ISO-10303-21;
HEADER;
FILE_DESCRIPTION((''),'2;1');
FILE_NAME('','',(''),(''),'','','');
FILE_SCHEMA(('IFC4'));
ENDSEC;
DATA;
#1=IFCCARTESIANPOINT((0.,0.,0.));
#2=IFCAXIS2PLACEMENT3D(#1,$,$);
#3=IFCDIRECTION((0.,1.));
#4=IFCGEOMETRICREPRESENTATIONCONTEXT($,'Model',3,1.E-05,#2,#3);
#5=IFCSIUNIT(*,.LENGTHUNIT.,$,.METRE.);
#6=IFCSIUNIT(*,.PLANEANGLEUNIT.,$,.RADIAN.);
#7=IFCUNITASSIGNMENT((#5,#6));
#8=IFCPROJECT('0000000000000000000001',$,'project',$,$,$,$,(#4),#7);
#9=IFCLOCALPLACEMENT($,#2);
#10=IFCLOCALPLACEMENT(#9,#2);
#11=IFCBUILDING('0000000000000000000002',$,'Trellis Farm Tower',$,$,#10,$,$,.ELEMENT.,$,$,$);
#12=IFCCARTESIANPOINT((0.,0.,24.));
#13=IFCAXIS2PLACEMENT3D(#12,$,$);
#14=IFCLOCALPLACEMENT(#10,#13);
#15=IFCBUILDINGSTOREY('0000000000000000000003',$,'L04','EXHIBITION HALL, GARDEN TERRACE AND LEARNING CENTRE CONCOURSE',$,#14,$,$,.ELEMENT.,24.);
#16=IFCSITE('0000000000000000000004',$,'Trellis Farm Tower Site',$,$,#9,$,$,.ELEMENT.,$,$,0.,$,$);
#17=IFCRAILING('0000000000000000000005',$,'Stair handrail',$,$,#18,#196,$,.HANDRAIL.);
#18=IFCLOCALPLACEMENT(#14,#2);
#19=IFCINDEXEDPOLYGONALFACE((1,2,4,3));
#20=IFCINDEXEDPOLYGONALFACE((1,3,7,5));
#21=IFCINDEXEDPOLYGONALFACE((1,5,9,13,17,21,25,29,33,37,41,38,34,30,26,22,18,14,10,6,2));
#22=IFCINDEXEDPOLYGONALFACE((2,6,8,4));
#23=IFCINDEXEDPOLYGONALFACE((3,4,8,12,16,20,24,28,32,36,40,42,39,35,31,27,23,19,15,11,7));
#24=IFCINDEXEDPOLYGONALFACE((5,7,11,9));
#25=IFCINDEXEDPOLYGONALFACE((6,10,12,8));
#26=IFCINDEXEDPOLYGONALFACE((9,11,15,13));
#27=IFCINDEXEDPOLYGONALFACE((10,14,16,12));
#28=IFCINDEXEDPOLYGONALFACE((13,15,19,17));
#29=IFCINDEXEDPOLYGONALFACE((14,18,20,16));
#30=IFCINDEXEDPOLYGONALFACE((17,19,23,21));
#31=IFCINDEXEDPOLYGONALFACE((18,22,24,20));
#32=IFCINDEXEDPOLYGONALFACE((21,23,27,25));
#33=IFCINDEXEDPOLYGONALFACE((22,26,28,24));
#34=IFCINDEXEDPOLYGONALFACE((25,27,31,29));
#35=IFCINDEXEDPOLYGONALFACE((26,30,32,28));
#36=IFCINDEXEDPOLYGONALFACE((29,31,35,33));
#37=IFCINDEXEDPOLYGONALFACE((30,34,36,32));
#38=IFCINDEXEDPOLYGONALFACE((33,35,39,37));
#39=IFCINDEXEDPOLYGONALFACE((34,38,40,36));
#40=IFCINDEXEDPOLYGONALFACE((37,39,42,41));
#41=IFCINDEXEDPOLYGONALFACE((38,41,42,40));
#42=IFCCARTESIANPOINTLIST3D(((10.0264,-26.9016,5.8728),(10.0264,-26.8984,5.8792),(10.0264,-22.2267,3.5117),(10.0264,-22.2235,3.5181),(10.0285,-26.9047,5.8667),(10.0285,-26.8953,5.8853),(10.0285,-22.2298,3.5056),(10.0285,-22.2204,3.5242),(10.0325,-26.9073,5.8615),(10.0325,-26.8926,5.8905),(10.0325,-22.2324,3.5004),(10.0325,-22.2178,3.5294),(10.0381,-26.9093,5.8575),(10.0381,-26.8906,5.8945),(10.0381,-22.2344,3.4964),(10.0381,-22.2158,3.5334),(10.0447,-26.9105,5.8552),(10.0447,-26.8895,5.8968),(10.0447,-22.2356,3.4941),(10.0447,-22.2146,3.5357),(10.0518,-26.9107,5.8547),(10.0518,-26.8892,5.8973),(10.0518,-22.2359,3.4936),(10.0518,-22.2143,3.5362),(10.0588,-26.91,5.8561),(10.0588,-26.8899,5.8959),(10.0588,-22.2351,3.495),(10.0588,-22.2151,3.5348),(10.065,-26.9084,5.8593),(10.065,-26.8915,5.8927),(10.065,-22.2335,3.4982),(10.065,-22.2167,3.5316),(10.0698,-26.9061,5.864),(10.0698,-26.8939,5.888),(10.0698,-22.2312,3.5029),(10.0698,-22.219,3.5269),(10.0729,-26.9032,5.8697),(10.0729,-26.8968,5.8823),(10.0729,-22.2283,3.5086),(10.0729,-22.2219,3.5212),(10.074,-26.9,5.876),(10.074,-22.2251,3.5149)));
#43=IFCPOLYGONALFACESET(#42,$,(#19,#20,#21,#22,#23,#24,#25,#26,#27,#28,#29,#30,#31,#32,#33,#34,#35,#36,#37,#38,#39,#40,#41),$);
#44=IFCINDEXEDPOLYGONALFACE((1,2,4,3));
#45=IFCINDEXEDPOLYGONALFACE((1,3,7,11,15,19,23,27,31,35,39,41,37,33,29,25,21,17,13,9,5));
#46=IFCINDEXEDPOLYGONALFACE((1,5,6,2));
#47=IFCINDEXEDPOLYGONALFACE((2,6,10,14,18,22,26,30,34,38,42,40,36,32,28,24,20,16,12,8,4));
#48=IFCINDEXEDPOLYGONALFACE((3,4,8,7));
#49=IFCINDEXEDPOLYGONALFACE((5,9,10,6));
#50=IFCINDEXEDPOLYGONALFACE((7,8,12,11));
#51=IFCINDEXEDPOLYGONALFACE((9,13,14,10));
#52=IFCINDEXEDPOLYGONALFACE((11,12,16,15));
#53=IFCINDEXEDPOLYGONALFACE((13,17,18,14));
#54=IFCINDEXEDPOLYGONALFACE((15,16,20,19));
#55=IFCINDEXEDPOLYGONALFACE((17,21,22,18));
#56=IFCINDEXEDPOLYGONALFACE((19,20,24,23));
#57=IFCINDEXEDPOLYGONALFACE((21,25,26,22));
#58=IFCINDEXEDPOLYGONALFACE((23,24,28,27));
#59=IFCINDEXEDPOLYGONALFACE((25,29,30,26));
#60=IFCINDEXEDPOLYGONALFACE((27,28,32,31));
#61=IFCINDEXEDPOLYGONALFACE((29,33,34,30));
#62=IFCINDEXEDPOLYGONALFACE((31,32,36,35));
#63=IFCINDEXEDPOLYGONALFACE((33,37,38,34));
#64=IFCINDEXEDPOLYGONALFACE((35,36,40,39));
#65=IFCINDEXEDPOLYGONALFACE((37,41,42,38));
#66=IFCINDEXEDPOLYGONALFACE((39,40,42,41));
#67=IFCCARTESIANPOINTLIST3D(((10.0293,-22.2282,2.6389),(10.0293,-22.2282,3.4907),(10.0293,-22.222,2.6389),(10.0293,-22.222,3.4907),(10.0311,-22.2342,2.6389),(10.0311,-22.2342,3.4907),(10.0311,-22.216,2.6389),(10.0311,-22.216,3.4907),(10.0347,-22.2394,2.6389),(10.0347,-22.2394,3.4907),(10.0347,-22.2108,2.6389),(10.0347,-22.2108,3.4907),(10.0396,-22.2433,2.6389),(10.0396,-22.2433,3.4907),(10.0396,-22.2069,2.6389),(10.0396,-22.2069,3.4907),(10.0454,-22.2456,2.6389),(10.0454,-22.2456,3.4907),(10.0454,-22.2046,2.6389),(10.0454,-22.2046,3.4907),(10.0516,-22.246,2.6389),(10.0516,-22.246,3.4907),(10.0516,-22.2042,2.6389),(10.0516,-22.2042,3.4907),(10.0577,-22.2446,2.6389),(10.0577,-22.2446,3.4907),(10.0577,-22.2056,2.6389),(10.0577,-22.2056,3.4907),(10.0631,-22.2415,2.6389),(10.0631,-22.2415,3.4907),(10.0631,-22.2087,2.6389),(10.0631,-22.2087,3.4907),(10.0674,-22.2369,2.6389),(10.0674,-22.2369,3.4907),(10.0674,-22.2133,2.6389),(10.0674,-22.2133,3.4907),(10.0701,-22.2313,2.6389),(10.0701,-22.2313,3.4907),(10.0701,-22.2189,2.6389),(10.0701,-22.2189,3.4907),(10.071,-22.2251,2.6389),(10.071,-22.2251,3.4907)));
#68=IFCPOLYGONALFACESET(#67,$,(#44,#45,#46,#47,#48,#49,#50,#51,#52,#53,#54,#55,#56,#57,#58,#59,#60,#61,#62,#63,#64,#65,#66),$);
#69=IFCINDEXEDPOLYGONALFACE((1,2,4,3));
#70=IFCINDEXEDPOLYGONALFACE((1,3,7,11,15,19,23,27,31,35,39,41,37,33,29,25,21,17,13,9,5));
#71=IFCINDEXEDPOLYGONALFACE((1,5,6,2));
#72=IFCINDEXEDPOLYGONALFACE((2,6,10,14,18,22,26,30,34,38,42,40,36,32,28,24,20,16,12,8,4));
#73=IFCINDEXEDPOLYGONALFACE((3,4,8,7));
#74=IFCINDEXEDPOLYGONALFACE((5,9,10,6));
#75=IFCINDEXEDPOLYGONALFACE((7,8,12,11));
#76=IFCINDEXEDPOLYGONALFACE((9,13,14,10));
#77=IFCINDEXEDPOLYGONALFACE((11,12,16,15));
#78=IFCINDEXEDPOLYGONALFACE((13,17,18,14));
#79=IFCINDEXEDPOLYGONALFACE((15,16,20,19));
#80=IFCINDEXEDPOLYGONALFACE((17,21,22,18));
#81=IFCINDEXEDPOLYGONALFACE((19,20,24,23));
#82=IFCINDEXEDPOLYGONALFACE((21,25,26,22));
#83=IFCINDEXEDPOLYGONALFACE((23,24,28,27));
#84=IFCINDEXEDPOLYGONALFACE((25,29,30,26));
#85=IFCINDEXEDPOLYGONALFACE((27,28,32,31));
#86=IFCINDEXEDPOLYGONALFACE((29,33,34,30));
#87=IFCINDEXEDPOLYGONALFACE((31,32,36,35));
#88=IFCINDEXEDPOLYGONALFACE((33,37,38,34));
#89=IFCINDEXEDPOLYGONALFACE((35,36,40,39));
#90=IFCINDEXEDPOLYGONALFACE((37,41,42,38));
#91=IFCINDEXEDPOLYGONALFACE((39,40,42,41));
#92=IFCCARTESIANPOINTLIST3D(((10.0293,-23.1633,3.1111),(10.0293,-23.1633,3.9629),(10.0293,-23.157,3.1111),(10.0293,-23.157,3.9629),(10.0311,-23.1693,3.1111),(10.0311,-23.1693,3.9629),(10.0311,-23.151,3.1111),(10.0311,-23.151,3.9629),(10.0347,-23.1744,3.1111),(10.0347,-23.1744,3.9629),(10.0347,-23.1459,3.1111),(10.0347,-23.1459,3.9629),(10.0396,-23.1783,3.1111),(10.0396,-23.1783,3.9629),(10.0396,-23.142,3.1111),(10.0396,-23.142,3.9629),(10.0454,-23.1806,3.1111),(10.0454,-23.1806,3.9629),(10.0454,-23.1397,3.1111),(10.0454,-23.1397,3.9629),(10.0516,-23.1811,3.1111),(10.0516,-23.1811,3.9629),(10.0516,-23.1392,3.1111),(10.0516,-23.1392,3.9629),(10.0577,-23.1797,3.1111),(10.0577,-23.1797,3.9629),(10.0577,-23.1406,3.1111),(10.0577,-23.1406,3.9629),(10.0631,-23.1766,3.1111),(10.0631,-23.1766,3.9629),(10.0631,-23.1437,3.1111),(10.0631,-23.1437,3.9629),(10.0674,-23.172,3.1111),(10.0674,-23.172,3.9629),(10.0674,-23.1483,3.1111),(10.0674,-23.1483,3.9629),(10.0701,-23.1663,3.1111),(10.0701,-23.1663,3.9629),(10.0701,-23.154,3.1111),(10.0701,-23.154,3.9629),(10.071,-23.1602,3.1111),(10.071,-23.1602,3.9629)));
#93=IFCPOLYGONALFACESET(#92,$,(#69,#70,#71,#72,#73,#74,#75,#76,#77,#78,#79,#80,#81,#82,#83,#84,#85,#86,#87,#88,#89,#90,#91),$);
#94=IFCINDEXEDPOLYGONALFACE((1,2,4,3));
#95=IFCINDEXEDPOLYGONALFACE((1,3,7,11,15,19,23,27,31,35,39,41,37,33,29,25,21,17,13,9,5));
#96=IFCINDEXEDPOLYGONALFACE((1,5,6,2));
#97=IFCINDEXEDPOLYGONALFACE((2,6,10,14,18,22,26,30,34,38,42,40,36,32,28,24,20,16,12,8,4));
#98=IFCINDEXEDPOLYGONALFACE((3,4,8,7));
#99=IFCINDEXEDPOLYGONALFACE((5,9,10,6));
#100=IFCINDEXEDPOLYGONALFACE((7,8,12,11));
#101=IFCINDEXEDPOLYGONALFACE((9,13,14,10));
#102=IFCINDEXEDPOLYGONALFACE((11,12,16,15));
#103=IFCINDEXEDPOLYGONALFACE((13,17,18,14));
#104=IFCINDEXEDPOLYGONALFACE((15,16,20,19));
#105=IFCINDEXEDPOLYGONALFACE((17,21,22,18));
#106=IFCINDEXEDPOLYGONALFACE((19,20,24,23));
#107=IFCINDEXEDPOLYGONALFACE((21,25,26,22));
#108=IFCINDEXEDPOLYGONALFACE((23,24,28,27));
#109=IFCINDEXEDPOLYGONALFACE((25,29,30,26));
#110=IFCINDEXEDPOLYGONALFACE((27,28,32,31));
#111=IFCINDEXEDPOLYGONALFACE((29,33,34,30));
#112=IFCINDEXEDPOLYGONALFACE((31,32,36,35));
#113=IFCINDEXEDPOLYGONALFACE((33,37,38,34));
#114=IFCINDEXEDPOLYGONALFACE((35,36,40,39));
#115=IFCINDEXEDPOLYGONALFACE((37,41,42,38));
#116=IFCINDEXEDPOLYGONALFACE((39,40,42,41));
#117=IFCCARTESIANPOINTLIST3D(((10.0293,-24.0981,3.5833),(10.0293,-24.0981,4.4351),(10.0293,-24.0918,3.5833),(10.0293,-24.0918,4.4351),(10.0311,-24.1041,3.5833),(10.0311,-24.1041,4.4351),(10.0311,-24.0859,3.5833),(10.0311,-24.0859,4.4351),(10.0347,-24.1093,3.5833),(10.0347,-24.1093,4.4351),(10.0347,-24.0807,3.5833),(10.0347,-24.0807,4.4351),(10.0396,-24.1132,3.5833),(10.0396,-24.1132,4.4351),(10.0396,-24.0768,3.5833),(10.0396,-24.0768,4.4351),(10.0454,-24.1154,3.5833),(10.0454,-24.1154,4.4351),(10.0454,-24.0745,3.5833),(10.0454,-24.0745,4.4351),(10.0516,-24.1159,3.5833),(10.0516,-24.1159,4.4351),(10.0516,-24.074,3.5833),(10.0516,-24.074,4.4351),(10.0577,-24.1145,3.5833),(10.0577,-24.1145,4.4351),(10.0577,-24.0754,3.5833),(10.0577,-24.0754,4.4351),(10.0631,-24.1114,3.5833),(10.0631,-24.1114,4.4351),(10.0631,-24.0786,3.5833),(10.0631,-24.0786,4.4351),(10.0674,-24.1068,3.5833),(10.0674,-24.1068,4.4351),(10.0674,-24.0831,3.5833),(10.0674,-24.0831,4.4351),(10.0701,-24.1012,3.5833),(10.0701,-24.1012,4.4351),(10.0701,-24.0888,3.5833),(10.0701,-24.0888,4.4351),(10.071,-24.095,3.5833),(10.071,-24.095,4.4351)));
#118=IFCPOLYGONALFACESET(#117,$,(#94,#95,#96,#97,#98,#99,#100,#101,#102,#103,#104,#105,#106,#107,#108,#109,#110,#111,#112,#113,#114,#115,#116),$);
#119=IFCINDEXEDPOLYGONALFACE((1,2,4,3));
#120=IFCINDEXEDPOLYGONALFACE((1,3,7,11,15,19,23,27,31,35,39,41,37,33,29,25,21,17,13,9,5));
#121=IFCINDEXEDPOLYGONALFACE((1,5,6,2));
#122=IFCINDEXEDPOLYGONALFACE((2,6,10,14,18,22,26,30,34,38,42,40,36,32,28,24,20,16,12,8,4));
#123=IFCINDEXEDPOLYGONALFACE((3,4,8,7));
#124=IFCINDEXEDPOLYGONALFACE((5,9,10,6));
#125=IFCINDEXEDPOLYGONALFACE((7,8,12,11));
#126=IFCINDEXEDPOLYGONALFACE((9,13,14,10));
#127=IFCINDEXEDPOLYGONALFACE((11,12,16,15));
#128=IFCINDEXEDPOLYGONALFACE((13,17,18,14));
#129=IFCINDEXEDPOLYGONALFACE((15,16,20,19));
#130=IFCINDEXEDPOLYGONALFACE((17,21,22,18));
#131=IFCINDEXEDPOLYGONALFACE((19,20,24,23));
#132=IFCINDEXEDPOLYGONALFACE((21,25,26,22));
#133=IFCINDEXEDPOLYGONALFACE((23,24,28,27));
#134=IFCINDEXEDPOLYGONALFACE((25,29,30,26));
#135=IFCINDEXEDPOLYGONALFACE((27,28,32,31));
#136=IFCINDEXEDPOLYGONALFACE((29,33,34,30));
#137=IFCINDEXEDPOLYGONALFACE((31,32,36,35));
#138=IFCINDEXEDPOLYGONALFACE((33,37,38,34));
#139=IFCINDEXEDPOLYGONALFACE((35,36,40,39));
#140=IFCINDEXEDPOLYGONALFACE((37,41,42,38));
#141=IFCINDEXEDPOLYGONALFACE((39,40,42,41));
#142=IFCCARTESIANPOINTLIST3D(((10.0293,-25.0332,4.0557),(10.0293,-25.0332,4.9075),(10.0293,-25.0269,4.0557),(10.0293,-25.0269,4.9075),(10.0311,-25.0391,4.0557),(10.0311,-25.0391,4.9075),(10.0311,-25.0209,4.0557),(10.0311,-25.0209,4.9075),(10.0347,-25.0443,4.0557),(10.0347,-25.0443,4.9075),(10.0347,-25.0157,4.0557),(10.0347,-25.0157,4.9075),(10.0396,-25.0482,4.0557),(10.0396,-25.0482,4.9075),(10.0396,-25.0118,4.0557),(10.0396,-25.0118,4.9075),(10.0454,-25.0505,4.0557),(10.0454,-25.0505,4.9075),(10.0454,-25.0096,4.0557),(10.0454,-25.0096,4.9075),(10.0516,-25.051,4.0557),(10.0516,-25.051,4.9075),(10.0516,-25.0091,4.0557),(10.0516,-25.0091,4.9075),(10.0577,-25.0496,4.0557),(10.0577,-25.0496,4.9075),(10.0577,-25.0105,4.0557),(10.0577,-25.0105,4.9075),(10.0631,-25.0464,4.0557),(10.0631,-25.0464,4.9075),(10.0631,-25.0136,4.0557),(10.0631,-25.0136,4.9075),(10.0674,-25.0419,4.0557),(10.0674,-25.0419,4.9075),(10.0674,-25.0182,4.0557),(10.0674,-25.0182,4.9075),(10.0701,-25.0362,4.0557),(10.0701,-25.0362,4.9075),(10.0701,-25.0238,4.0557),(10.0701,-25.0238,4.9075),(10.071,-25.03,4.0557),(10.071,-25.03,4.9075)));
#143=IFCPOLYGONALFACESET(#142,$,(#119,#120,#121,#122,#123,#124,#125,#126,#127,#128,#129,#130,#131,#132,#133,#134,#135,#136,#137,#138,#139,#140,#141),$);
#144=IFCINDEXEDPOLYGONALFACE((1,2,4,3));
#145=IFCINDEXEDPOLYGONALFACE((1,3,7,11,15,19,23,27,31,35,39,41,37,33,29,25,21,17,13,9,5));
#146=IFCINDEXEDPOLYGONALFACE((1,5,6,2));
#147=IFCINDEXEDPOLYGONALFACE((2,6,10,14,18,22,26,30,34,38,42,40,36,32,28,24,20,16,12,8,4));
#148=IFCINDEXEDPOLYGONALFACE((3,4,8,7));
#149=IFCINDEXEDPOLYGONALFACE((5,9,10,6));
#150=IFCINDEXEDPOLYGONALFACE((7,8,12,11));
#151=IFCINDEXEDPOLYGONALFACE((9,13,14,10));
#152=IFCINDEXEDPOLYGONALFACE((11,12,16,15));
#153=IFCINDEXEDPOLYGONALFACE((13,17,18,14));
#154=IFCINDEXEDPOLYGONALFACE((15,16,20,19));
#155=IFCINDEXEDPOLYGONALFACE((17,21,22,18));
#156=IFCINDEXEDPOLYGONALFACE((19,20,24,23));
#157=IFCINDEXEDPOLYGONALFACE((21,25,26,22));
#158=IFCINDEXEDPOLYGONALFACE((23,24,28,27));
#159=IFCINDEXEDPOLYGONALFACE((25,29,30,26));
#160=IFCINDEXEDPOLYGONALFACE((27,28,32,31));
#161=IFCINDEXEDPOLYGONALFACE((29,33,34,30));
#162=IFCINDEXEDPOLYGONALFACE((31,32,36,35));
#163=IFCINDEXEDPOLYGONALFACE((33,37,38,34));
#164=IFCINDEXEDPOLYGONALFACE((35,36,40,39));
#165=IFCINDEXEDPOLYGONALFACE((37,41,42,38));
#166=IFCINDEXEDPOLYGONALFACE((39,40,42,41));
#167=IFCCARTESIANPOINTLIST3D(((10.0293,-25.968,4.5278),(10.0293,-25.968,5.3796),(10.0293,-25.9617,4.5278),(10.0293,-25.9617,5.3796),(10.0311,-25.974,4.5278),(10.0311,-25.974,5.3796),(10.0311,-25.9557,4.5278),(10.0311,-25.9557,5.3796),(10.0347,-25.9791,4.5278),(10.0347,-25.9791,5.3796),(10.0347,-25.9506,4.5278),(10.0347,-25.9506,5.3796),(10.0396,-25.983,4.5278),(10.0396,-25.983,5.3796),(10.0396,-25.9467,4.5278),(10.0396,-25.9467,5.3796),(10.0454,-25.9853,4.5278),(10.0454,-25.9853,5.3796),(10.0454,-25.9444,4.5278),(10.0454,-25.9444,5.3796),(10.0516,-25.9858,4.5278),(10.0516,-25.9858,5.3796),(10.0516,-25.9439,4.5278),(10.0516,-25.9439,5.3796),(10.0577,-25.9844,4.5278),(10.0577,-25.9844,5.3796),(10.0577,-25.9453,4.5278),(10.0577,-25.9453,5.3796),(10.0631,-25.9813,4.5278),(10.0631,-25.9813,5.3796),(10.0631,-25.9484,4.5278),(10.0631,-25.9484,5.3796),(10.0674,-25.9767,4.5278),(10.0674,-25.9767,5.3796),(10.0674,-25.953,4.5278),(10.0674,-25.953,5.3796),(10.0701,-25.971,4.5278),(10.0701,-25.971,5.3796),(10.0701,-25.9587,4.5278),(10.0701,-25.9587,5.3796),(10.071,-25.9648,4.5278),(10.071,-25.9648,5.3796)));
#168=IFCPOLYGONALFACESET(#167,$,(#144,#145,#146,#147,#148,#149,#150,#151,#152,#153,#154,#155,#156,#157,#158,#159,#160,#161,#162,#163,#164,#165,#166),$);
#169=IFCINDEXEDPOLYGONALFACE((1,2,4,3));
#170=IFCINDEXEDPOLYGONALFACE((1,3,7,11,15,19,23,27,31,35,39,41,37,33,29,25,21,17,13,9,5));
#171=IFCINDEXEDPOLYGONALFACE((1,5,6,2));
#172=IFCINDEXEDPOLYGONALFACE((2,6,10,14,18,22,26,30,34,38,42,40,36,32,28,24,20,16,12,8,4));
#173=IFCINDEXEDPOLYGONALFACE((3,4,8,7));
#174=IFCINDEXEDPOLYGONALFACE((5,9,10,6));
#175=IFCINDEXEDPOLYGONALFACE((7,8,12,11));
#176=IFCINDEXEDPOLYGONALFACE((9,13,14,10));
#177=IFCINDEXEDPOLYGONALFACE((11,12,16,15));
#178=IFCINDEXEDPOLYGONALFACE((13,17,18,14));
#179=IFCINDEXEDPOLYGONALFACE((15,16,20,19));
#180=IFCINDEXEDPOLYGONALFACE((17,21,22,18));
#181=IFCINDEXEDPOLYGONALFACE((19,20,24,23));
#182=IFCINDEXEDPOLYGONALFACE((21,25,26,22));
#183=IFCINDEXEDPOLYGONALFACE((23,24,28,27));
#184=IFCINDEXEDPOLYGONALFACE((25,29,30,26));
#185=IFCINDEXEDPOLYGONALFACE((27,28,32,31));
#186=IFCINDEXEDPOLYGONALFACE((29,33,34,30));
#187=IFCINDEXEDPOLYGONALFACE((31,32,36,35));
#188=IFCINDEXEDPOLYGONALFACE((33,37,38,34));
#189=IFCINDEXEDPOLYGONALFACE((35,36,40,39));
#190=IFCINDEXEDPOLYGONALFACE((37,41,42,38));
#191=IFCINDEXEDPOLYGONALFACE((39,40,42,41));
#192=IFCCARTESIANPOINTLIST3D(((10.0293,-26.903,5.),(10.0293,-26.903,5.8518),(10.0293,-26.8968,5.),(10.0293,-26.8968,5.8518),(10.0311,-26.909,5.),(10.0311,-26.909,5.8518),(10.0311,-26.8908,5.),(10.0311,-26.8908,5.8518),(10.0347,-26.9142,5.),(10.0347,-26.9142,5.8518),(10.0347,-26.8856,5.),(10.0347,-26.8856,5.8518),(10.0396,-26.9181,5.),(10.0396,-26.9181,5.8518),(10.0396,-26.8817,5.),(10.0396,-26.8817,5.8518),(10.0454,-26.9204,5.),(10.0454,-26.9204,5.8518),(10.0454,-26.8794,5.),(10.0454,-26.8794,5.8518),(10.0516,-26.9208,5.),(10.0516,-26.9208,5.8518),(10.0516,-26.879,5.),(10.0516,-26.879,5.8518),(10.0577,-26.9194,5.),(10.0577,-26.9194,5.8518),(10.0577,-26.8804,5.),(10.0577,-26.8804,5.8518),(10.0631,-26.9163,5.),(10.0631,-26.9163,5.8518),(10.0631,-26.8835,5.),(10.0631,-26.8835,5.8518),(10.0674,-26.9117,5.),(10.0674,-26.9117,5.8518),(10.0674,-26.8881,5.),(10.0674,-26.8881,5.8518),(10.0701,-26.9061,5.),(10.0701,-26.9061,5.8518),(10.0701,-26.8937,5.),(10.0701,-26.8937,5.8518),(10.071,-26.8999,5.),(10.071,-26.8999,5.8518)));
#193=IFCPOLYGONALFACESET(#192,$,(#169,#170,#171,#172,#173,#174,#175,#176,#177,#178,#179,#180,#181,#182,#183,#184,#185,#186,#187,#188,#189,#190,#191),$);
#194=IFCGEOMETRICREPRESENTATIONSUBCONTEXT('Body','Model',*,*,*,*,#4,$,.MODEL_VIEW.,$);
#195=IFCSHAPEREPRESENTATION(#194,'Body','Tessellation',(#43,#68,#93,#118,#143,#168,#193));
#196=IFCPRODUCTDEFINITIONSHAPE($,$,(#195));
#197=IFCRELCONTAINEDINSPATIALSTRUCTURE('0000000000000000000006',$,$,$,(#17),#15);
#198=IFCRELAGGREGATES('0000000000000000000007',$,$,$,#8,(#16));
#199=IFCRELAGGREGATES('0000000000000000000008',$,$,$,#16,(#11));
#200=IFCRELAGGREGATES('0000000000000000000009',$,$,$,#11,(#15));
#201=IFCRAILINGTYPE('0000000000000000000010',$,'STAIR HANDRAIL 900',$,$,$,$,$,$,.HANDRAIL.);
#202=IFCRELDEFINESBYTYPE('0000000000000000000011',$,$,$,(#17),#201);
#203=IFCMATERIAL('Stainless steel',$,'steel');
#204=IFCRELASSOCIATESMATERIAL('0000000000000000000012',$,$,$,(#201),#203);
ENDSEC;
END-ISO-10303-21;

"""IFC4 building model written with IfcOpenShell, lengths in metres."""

from ifc_helpers import new_model, si_unit, direction, frame, origin, origin_2d, place, context, subcontext, project, spatial, circle, extrude, source, transform, mapped, material, type_object, element, save


model = new_model("IFC4")

# Units and contexts
model_context = context("Model", 3, precision=1e-05, world=origin(), true_north=direction((0.0, 1.0)))
body_context = subcontext(model_context, "Body", "Model", "MODEL_VIEW")
ifc_project = project(units=[si_unit("LENGTHUNIT", "METRE"), si_unit("PLANEANGLEUNIT", "RADIAN")], contexts=[model_context])

# Site, building, storey
site_placement = place(None, origin())
site = spatial("IfcSite", under=ifc_project, at=site_placement, Name="Trellis Farm Tower Site", CompositionType="ELEMENT", RefElevation=0.0)
building_placement = place(site_placement, origin())
building = spatial("IfcBuilding", under=site, at=building_placement, Name="Trellis Farm Tower", CompositionType="ELEMENT")
storey_placement = place(building_placement, frame((0.0, 0.0, 24.0)))
storey = spatial("IfcBuildingStorey", under=building, at=storey_placement, Name="L04", Description="EXHIBITION HALL, GARDEN TERRACE AND LEARNING CENTRE CONCOURSE", CompositionType="ELEMENT", Elevation=24.0)

# Railing
ifc_material_1 = material(Name="Stainless steel", Category="steel")
railing_type = type_object("IfcRailingType", Name="STAIR HANDRAIL 900", PredefinedType="HANDRAIL", material=ifc_material_1)
shared_shape_1 = source(origin(), body_context, "Body", "SweptSolid", [
    extrude(circle(Radius=0.0239, at=origin_2d()), frame((0.0, 0.0, 0.876), z_axis=(0.0, -0.892611, 0.450827), x_axis=(1.0, 0.0, 0.0)), (0.0, 0.0, 1.0), 5.2373),
    extrude(circle(Radius=0.021, at=origin_2d()), origin(), (0.0, 0.0, 1.0), 0.8518),
    extrude(circle(Radius=0.021, at=origin_2d()), frame((0.0, -0.9351, 0.4722)), (0.0, 0.0, 1.0), 0.8518),
    extrude(circle(Radius=0.021, at=origin_2d()), frame((0.0, -1.8699, 0.9443)), (0.0, 0.0, 1.0), 0.8518),
    extrude(circle(Radius=0.021, at=origin_2d()), frame((0.0, -2.8049, 1.4167)), (0.0, 0.0, 1.0), 0.8518),
    extrude(circle(Radius=0.021, at=origin_2d()), frame((0.0, -3.7397, 1.8889)), (0.0, 0.0, 1.0), 0.8518),
    extrude(circle(Radius=0.021, at=origin_2d()), frame((0.0, -4.6748, 2.3611)), (0.0, 0.0, 1.0), 0.8518),
])
for number, where, name in (
    (1, (10.05, -22.2251, 2.6389), "Stair handrail"),
):
    element("IfcRailing", number, at=place(storey_placement, frame(where)), inside=storey, type_object=railing_type, Name=name, PredefinedType="HANDRAIL", context=body_context, shape_type="MappedRepresentation", body=[
        mapped(shared_shape_1, transform((0.0, 0.0, 0.0))),
    ])

save(model, "model.ifc")
